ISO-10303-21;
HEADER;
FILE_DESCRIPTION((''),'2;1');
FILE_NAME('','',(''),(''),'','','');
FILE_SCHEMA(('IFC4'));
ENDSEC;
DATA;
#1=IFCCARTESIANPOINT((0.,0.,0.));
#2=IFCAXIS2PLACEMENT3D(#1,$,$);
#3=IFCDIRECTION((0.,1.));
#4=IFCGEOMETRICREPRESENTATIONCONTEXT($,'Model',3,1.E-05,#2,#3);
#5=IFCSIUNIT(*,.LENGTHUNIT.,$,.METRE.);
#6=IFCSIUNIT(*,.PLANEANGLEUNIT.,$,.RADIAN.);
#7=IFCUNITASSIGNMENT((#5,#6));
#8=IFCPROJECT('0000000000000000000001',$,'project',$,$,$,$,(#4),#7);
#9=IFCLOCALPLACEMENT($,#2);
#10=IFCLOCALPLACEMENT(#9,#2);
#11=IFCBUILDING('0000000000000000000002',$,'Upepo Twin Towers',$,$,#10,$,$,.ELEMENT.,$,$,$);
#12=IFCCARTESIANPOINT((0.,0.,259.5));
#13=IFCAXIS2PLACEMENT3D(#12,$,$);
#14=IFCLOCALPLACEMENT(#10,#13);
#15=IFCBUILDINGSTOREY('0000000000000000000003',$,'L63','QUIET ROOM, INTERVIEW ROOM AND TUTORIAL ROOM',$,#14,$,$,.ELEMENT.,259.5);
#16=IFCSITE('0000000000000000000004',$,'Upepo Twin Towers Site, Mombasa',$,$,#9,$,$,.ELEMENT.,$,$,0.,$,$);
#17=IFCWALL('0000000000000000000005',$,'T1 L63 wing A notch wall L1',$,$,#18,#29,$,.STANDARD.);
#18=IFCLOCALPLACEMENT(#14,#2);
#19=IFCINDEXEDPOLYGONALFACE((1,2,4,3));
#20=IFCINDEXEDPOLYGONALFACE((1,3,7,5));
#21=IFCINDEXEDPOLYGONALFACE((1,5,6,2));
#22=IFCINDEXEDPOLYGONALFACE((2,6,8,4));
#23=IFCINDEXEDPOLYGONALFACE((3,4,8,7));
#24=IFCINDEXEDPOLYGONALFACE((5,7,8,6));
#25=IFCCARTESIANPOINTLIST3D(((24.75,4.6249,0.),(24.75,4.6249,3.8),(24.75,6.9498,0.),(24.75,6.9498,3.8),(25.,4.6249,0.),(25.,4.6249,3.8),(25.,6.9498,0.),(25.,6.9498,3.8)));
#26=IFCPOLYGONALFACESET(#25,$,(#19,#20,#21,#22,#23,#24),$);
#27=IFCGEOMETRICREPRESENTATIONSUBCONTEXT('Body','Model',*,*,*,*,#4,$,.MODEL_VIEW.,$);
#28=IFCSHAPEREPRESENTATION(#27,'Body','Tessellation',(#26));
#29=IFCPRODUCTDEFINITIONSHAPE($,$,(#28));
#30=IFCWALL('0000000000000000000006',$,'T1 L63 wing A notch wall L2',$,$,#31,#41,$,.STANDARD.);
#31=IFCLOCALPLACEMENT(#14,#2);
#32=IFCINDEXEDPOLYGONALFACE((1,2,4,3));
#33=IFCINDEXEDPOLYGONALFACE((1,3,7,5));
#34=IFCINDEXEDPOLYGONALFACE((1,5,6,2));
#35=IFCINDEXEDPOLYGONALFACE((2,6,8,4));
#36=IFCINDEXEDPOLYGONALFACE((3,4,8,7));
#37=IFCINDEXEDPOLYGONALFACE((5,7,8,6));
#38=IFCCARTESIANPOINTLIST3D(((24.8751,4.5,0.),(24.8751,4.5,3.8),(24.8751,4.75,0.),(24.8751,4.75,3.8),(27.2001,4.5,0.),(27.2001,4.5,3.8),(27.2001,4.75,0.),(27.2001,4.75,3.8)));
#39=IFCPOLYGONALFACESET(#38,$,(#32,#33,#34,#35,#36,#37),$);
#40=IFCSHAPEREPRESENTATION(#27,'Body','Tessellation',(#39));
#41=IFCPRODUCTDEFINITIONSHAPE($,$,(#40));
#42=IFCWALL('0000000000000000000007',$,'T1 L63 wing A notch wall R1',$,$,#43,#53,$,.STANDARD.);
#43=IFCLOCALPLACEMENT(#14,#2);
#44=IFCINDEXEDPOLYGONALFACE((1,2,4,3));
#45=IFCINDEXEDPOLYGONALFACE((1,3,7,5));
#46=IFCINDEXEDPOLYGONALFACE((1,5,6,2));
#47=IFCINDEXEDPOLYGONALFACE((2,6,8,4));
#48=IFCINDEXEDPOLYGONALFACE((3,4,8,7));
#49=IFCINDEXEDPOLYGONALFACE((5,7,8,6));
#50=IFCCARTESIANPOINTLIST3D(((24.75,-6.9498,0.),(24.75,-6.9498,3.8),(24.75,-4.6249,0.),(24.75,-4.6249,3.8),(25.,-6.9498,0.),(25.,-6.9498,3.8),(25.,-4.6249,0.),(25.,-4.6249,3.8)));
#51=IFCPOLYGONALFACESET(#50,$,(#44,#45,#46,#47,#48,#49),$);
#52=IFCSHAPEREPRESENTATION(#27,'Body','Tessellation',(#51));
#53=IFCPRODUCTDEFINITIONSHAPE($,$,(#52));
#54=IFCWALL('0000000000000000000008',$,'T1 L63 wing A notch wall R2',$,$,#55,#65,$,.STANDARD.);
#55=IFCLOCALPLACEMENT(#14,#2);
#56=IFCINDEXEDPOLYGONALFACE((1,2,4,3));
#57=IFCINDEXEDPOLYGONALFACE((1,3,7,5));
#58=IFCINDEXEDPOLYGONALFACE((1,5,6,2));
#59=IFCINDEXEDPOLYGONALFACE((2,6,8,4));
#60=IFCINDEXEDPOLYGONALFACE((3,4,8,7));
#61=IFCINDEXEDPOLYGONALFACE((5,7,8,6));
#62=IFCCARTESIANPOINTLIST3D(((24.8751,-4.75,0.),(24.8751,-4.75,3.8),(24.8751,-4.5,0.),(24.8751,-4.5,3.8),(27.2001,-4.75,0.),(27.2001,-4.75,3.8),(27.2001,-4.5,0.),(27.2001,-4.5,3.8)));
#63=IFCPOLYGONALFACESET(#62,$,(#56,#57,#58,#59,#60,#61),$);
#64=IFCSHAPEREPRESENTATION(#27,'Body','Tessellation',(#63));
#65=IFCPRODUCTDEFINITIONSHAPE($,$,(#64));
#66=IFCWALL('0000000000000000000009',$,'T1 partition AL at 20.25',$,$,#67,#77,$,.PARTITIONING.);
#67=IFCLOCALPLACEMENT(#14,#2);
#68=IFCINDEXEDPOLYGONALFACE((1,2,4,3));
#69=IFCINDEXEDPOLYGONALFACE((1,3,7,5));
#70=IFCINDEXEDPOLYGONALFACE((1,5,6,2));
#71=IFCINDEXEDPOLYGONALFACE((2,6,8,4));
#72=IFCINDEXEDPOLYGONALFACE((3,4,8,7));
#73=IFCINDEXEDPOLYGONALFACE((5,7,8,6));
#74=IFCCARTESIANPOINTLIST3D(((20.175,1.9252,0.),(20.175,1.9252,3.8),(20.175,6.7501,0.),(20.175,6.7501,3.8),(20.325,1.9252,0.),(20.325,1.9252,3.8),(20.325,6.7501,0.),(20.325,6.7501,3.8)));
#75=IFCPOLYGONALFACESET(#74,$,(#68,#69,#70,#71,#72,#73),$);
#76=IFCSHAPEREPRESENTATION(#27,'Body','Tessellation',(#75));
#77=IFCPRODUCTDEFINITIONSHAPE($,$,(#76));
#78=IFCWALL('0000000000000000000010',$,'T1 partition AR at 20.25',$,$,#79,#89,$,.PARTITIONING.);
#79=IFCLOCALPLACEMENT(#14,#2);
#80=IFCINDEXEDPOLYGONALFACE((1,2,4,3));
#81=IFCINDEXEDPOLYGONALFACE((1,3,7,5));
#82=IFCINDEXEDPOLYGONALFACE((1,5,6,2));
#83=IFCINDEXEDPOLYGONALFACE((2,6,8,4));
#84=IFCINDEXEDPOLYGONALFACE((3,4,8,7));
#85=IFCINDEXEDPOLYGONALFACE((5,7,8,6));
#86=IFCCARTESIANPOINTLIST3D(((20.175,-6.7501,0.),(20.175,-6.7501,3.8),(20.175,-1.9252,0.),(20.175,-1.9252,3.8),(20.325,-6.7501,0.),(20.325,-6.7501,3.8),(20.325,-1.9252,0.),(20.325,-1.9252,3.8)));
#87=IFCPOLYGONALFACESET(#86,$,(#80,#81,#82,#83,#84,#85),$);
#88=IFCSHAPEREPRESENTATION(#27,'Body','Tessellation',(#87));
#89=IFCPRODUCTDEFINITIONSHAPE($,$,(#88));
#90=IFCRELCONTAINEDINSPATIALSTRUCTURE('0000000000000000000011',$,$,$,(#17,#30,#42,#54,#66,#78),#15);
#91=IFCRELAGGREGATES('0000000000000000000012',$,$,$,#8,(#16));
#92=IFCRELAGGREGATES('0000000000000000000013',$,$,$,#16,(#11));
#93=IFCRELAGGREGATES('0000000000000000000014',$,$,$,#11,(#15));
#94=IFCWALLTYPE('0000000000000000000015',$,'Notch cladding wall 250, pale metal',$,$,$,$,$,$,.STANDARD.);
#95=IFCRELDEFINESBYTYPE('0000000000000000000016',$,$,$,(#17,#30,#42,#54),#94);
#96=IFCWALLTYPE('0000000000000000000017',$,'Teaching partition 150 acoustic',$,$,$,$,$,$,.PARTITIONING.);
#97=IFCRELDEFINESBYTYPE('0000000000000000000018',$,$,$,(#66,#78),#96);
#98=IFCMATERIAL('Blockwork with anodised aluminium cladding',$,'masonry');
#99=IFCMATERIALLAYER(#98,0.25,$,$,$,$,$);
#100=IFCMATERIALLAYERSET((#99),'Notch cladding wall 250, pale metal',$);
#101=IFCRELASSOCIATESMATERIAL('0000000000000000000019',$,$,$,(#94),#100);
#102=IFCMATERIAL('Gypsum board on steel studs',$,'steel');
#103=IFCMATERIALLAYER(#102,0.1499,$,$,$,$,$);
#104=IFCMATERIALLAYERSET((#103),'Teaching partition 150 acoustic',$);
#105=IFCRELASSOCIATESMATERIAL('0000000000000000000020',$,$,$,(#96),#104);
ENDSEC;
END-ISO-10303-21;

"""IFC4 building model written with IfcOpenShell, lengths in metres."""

from ifc_helpers import new_model, si_unit, direction, frame, frame_2d, origin, place, context, subcontext, project, spatial, rectangle, extrude, material, layer, layer_set, type_object, element, save


model = new_model("IFC4")

# Units and contexts
model_context = context("Model", 3, precision=1e-05, world=origin(), true_north=direction((0.0, 1.0)))
body_context = subcontext(model_context, "Body", "Model", "MODEL_VIEW")
ifc_project = project(units=[si_unit("LENGTHUNIT", "METRE"), si_unit("PLANEANGLEUNIT", "RADIAN")], contexts=[model_context])

# Site, building, storey
site_placement = place(None, origin())
site = spatial("IfcSite", under=ifc_project, at=site_placement, Name="Upepo Twin Towers Site, Mombasa", CompositionType="ELEMENT", RefElevation=0.0)
building_placement = place(site_placement, origin())
building = spatial("IfcBuilding", under=site, at=building_placement, Name="Upepo Twin Towers", CompositionType="ELEMENT")
storey_placement = place(building_placement, frame((0.0, 0.0, 259.5)))
storey = spatial("IfcBuildingStorey", under=building, at=storey_placement, Name="L63", Description="QUIET ROOM, INTERVIEW ROOM AND TUTORIAL ROOM", CompositionType="ELEMENT", Elevation=259.5)

# Walls
ifc_material_1 = material(Name="Blockwork with anodised aluminium cladding", Category="masonry")
ifc_layer_1 = layer(ifc_material_1, 0.25)
ifc_layer_set_1 = layer_set([ifc_layer_1], Name="Notch cladding wall 250, pale metal")
wall_type_1 = type_object("IfcWallType", Name="Notch cladding wall 250, pale metal", PredefinedType="STANDARD", material=ifc_layer_set_1)
for number, where, z_axis, x_axis, name in (
    (1, (24.875, 6.95, 0.0), (0.0, 0.0, 1.0), (0.0, -1.0, 0.0), "T1 L63 wing A notch wall L1"),
    (2, (24.875, 4.625, 0.0), (0.0, 0.0, 1.0), (1.0, 0.0, 0.0), "T1 L63 wing A notch wall L2"),
    (3, (24.875, -6.95, 0.0), (0.0, 0.0, 1.0), (0.0, 1.0, 0.0), "T1 L63 wing A notch wall R1"),
    (4, (24.875, -4.625, 0.0), (0.0, 0.0, 1.0), (1.0, 0.0, 0.0), "T1 L63 wing A notch wall R2"),
):
    element("IfcWall", number, at=place(storey_placement, frame(where, z_axis=z_axis, x_axis=x_axis)), inside=storey, type_object=wall_type_1, Name=name, PredefinedType="STANDARD", context=body_context, shape_type="SweptSolid", body=[
        extrude(rectangle(XDim=2.325, YDim=0.25, at=frame_2d((1.1626, 0.0))), origin(), (0.0, 0.0, 1.0), 3.8),
    ])
ifc_material_2 = material(Name="Gypsum board on steel studs", Category="steel")
ifc_layer_2 = layer(ifc_material_2, 0.1499)
ifc_layer_set_2 = layer_set([ifc_layer_2], Name="Teaching partition 150 acoustic")
wall_type_2 = type_object("IfcWallType", Name="Teaching partition 150 acoustic", PredefinedType="PARTITIONING", material=ifc_layer_set_2)
for number, where, z_axis, x_axis, name in (
    (5, (20.25, 1.925, 0.0), (0.0, 0.0, 1.0), (0.0, 1.0, 0.0), "T1 partition AL at 20.25"),
    (6, (20.25, -1.925, 0.0), (0.0, 0.0, 1.0), (0.0, -1.0, 0.0), "T1 partition AR at 20.25"),
):
    element("IfcWall", number, at=place(storey_placement, frame(where, z_axis=z_axis, x_axis=x_axis)), inside=storey, type_object=wall_type_2, Name=name, PredefinedType="PARTITIONING", context=body_context, shape_type="SweptSolid", body=[
        extrude(rectangle(XDim=4.825, YDim=0.1499, at=frame_2d((2.4126, 0.0))), origin(), (0.0, 0.0, 1.0), 3.8),
    ])

save(model, "model.ifc")
